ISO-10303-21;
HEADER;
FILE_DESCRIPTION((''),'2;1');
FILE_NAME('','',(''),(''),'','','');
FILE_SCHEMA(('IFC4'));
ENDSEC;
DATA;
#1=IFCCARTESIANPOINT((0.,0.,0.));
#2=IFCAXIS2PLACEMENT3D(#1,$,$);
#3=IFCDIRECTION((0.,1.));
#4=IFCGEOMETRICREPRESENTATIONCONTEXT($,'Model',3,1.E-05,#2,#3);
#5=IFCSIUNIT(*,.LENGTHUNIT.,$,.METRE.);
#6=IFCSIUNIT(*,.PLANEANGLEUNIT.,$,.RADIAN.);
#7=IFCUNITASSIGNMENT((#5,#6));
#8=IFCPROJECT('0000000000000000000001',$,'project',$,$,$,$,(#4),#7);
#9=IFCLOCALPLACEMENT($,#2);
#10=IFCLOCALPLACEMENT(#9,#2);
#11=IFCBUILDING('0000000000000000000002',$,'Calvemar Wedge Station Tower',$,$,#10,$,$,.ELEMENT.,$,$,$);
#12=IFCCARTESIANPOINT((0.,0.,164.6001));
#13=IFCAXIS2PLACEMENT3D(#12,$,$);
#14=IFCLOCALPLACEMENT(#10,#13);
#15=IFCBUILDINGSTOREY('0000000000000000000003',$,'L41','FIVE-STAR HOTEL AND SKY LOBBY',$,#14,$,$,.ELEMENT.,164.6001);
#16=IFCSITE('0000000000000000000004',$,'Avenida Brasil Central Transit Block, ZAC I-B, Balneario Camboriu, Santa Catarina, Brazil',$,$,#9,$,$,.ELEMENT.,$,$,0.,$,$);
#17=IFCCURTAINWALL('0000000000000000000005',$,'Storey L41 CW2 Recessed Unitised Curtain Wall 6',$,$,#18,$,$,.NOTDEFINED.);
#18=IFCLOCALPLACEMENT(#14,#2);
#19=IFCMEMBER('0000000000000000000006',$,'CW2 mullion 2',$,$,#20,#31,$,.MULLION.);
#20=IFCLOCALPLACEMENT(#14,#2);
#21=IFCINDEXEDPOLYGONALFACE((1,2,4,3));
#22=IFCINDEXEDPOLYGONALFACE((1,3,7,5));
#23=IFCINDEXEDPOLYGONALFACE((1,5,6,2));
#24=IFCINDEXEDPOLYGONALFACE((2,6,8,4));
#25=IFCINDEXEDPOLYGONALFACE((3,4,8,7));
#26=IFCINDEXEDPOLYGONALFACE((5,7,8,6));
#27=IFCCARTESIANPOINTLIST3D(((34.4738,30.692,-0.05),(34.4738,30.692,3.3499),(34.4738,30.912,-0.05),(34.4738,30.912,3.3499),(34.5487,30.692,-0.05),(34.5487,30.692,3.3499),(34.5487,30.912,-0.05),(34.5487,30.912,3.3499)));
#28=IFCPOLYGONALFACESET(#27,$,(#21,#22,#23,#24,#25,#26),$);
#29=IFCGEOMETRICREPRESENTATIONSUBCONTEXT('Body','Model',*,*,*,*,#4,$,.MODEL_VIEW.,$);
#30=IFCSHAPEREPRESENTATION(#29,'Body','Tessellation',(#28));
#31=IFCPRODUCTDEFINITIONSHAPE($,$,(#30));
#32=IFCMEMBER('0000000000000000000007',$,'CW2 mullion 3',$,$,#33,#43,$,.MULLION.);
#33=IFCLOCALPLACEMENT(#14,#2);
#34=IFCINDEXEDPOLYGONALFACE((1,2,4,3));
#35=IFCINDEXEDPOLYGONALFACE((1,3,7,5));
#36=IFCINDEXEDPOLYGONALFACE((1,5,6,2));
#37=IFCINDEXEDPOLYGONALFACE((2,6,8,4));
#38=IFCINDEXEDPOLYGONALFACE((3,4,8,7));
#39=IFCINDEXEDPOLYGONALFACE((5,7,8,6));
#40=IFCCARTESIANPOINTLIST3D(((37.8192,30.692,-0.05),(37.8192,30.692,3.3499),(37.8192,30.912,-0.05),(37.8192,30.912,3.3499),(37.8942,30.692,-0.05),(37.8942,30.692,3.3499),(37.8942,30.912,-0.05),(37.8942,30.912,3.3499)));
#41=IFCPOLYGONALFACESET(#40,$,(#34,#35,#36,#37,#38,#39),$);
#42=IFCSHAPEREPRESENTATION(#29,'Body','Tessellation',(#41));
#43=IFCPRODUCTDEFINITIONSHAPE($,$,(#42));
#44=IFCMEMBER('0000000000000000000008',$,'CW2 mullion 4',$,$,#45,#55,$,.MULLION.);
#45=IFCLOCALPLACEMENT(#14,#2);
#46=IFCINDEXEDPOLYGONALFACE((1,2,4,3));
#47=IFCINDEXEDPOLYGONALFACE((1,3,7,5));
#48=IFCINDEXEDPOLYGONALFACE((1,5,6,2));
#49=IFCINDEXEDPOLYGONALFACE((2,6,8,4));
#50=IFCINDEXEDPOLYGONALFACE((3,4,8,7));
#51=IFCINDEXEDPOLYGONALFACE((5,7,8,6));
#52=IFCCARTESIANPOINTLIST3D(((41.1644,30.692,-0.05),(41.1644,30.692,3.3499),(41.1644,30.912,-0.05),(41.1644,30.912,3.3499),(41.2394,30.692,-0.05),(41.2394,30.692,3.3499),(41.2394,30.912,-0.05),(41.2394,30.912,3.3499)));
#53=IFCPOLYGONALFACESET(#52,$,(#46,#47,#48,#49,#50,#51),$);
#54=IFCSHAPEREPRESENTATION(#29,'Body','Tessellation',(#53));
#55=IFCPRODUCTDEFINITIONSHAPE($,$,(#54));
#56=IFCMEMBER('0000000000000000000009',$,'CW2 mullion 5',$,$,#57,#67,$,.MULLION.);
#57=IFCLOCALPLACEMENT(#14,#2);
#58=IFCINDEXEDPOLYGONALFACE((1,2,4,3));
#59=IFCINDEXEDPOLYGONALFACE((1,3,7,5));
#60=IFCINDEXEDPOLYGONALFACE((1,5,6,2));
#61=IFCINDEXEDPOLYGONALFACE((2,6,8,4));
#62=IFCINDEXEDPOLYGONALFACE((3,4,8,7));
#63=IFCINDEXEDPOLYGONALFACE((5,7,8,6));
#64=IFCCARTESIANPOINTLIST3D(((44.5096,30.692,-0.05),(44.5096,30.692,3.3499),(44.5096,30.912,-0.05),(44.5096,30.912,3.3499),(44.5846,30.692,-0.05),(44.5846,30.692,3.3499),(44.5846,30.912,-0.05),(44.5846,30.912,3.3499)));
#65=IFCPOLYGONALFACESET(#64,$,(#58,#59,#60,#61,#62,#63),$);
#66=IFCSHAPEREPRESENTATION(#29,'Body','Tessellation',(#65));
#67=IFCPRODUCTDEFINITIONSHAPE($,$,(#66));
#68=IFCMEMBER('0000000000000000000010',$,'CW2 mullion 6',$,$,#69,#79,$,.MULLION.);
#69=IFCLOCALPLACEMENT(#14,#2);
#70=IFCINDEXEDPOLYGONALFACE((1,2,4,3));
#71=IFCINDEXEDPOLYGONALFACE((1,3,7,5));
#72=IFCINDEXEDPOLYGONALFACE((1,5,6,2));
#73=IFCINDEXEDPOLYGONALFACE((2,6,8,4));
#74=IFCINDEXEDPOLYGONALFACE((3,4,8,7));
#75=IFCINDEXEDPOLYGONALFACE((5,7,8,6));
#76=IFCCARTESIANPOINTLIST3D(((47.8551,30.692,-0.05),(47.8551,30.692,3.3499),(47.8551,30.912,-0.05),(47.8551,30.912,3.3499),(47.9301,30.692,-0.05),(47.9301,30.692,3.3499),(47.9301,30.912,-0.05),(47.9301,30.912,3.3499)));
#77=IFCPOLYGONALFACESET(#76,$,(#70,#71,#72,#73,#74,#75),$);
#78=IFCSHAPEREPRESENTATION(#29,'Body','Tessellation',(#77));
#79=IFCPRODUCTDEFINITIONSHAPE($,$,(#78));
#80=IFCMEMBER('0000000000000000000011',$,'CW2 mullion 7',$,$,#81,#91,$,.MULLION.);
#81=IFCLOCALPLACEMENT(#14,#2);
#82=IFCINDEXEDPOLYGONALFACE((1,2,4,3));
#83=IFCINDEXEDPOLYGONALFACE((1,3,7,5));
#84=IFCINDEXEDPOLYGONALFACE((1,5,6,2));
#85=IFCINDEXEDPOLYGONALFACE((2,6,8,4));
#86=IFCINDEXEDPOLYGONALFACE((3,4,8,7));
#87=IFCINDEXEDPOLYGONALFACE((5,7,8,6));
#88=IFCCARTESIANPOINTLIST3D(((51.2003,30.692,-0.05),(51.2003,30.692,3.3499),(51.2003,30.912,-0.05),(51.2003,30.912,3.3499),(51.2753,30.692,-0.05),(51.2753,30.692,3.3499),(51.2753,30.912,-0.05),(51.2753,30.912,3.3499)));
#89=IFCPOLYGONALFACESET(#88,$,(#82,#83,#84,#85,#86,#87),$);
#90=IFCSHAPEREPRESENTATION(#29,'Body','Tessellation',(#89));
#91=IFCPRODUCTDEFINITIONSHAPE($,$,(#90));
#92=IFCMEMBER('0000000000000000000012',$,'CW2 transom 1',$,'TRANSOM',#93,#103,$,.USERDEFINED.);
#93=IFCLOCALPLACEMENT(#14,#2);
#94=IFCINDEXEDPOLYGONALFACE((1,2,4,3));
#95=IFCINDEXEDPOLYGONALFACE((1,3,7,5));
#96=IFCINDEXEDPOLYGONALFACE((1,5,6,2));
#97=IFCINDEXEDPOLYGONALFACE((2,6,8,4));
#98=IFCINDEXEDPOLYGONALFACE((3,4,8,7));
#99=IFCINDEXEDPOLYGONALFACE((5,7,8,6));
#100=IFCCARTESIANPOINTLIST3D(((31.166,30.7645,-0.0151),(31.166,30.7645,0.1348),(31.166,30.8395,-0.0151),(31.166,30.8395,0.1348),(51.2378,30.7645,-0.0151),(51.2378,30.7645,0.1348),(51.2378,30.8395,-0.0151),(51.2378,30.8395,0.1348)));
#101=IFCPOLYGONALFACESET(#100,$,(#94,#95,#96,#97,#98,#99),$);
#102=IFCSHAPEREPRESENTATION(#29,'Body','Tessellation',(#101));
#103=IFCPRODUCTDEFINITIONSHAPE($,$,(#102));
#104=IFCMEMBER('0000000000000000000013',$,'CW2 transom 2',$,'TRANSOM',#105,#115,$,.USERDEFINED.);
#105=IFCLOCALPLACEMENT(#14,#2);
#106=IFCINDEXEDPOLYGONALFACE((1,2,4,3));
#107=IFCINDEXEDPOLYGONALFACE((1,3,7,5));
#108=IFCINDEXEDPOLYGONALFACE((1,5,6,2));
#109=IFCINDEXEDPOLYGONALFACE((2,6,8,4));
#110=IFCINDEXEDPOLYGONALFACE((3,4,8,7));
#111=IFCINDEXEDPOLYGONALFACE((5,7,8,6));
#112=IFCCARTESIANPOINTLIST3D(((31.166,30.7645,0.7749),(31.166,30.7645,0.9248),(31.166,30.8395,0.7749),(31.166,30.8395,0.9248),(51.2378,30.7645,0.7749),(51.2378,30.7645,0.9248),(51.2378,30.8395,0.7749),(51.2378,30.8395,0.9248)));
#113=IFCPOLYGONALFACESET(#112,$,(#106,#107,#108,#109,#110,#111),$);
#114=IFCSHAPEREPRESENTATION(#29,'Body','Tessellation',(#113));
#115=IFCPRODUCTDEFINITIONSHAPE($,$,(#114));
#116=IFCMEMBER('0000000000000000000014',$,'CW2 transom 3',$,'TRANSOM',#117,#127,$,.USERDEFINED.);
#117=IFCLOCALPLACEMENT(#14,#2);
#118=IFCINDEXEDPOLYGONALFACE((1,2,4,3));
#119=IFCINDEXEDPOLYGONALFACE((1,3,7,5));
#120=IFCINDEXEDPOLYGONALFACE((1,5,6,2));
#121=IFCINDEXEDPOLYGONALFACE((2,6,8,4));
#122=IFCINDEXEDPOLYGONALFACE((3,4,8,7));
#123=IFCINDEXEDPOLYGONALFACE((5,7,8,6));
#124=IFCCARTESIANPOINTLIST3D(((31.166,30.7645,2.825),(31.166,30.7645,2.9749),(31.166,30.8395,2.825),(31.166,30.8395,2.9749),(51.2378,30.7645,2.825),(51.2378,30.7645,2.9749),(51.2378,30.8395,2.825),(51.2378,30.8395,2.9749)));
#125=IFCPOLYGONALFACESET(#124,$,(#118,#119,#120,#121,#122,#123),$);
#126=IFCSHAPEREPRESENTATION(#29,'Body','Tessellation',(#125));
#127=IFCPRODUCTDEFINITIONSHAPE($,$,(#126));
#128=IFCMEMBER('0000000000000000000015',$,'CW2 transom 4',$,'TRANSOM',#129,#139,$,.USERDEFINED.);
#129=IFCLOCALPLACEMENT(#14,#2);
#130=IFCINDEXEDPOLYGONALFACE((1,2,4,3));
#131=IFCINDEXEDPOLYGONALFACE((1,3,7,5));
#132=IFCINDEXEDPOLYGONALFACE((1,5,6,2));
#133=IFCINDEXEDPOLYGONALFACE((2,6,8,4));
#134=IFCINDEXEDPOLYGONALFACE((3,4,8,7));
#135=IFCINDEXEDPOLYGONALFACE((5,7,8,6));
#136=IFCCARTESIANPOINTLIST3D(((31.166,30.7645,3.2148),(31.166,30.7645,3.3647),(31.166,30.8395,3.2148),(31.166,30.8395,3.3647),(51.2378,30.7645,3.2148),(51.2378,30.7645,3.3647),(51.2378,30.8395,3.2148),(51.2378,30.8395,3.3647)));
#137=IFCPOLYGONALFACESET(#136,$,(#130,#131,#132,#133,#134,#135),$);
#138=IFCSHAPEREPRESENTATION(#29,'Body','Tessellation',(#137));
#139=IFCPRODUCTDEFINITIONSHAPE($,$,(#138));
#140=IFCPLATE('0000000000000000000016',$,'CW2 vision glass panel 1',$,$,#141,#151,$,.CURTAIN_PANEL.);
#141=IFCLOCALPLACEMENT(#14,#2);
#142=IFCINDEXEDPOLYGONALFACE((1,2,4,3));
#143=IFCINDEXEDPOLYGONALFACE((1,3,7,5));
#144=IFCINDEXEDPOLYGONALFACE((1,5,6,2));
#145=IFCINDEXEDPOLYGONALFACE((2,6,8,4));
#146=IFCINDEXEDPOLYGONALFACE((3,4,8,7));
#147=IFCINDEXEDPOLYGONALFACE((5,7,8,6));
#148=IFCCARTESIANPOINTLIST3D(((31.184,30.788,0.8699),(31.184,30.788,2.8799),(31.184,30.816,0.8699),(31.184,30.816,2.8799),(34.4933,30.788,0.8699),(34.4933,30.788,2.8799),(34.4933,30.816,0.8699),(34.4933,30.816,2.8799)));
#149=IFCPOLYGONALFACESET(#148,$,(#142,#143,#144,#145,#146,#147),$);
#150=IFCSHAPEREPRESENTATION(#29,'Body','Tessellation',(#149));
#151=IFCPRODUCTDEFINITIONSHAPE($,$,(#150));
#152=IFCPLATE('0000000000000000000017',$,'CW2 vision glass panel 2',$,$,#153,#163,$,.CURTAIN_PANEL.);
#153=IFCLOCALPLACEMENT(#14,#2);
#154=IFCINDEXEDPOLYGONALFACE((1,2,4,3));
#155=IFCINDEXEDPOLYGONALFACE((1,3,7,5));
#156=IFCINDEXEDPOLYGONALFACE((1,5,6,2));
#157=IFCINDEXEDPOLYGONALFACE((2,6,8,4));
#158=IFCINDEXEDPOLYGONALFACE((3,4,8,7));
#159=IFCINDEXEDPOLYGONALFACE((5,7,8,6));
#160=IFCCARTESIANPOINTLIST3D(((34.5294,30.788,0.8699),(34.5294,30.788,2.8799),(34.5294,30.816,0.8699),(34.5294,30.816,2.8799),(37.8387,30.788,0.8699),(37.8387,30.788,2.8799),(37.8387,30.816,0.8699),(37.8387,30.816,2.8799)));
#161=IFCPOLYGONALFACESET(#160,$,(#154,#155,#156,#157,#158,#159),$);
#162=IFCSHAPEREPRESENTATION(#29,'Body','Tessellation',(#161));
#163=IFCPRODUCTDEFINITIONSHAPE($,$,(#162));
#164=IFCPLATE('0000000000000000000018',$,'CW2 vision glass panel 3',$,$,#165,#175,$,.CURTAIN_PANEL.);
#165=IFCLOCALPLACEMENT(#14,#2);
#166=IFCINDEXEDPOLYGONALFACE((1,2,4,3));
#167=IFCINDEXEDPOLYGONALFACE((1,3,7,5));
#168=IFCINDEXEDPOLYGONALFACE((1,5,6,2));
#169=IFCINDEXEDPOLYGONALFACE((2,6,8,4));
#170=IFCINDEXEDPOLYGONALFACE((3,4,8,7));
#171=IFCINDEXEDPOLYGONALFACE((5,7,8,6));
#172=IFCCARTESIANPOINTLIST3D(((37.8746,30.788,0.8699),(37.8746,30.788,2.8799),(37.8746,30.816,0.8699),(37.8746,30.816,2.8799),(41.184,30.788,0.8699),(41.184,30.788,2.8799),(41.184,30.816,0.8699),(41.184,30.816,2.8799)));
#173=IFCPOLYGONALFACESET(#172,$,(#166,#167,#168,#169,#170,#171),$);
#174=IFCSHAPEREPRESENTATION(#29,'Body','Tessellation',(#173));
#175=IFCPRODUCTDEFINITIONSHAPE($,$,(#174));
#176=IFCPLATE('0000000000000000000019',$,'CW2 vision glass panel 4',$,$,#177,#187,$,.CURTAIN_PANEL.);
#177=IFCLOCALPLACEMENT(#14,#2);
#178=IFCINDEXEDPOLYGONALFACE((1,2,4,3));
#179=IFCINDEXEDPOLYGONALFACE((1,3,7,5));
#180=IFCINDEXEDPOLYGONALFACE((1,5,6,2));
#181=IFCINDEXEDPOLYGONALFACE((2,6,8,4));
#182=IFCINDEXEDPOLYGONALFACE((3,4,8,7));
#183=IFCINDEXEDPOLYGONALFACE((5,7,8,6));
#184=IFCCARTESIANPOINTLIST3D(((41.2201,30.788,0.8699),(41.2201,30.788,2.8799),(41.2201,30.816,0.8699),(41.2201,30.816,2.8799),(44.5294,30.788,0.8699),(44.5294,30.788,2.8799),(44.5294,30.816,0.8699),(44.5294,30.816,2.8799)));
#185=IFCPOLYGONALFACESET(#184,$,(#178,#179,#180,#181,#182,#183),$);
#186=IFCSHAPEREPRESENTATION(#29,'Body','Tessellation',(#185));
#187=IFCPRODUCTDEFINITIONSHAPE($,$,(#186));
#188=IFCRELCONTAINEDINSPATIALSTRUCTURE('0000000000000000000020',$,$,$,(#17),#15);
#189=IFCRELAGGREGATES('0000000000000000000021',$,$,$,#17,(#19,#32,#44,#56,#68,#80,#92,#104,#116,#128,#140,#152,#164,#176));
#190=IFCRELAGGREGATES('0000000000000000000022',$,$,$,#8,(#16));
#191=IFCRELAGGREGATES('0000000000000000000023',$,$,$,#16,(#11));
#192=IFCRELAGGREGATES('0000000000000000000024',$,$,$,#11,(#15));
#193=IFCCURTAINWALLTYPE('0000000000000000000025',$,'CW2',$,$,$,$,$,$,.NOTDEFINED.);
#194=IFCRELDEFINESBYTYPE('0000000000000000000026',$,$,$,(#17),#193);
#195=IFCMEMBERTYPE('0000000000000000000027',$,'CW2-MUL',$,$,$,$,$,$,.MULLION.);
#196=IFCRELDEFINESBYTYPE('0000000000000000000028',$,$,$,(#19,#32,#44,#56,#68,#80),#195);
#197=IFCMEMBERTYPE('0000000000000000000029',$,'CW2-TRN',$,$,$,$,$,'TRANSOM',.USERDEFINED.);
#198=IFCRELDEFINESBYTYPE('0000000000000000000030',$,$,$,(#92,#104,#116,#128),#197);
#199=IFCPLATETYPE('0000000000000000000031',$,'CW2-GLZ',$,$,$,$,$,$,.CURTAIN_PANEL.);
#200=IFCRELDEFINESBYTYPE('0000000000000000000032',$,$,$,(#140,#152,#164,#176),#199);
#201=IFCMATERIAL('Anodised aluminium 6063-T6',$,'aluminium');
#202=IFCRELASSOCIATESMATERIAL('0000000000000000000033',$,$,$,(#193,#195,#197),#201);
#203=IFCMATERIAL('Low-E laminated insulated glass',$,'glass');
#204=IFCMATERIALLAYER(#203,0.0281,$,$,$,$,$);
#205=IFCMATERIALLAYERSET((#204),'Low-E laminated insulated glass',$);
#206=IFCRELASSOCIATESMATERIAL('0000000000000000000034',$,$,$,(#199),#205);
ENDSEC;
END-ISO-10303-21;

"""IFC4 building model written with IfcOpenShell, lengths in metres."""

from ifc_helpers import new_model, si_unit, direction, frame, frame_2d, origin, origin_2d, place, context, subcontext, project, spatial, rectangle, extrude, source, transform, mapped, material, layer, layer_set, material_profile, profile_set, type_object, element, aggregate, save


model = new_model("IFC4")

# Units and contexts
model_context = context("Model", 3, precision=1e-05, world=origin(), true_north=direction((0.0, 1.0)))
body_context = subcontext(model_context, "Body", "Model", "MODEL_VIEW")
ifc_project = project(units=[si_unit("LENGTHUNIT", "METRE"), si_unit("PLANEANGLEUNIT", "RADIAN")], contexts=[model_context])

# Site, building, storey
site_placement = place(None, origin())
site = spatial("IfcSite", under=ifc_project, at=site_placement, Name="Avenida Brasil Central Transit Block, ZAC I-B, Balneario Camboriu, Santa Catarina, Brazil", CompositionType="ELEMENT", RefElevation=0.0)
building_placement = place(site_placement, origin())
building = spatial("IfcBuilding", under=site, at=building_placement, Name="Calvemar Wedge Station Tower", CompositionType="ELEMENT")
storey_placement = place(building_placement, frame((0.0, 0.0, 164.6001)))
storey = spatial("IfcBuildingStorey", under=building, at=storey_placement, Name="L41", Description="FIVE-STAR HOTEL AND SKY LOBBY", CompositionType="ELEMENT", Elevation=164.6001)

# Curtain wall, members, plates
ifc_material_1 = material(Name="Anodised aluminium 6063-T6", Category="aluminium")
curtain_wall_type = type_object("IfcCurtainWallType", Name="CW2", PredefinedType="NOTDEFINED", material=ifc_material_1)
curtain_wall_placement = place(storey_placement, origin())
curtain_wall = element("IfcCurtainWall", 1, at=curtain_wall_placement, inside=storey, type_object=curtain_wall_type, Name="Storey L41 CW2 Recessed Unitised Curtain Wall 6", PredefinedType="NOTDEFINED")
ifc_material_profile_1 = material_profile(ifc_material_1, rectangle(XDim=0.075, YDim=0.22, at=origin_2d()), Name="AL-MUL-75x220")
ifc_profile_set_1 = profile_set([ifc_material_profile_1], Name="Anodised aluminium 6063-T6")
member_type_1 = type_object("IfcMemberType", Name="CW2-MUL", PredefinedType="MULLION", material=ifc_profile_set_1)
shared_shape_1 = source(origin(), body_context, "Body", "SweptSolid", [
    extrude(rectangle(XDim=0.075, YDim=0.22, at=origin_2d()), origin(), (0.0, 0.0, 1.0), 3.3999),
])
member_1_placement = place(storey_placement, frame((34.5112, 30.802, -0.05), z_axis=(0.0, 0.0, 1.0), x_axis=(1.0, 0.0, 0.0)))
member_1 = element("IfcMember", 2, at=member_1_placement, type_object=member_type_1, Name="CW2 mullion 2", PredefinedType="MULLION", context=body_context, shape_type="MappedRepresentation", body=[
    mapped(shared_shape_1, transform((0.0, 0.0, 0.0), scale=1.0)),
])
member_2_placement = place(storey_placement, frame((37.8567, 30.802, -0.05), z_axis=(0.0, 0.0, 1.0), x_axis=(1.0, 0.0, 0.0)))
member_2 = element("IfcMember", 3, at=member_2_placement, type_object=member_type_1, Name="CW2 mullion 3", PredefinedType="MULLION", context=body_context, shape_type="MappedRepresentation", body=[
    mapped(shared_shape_1, transform((0.0, 0.0, 0.0), scale=1.0)),
])
member_3_placement = place(storey_placement, frame((41.2019, 30.802, -0.05), z_axis=(0.0, 0.0, 1.0), x_axis=(1.0, 0.0, 0.0)))
member_3 = element("IfcMember", 4, at=member_3_placement, type_object=member_type_1, Name="CW2 mullion 4", PredefinedType="MULLION", context=body_context, shape_type="MappedRepresentation", body=[
    mapped(shared_shape_1, transform((0.0, 0.0, 0.0), scale=1.0)),
])
member_4_placement = place(storey_placement, frame((44.5471, 30.802, -0.05), z_axis=(0.0, 0.0, 1.0), x_axis=(1.0, 0.0, 0.0)))
member_4 = element("IfcMember", 5, at=member_4_placement, type_object=member_type_1, Name="CW2 mullion 5", PredefinedType="MULLION", context=body_context, shape_type="MappedRepresentation", body=[
    mapped(shared_shape_1, transform((0.0, 0.0, 0.0), scale=1.0)),
])
member_5_placement = place(storey_placement, frame((47.8926, 30.802, -0.05), z_axis=(0.0, 0.0, 1.0), x_axis=(1.0, 0.0, 0.0)))
member_5 = element("IfcMember", 6, at=member_5_placement, type_object=member_type_1, Name="CW2 mullion 6", PredefinedType="MULLION", context=body_context, shape_type="MappedRepresentation", body=[
    mapped(shared_shape_1, transform((0.0, 0.0, 0.0), scale=1.0)),
])
member_6_placement = place(storey_placement, frame((51.2378, 30.802, -0.05), z_axis=(0.0, 0.0, 1.0), x_axis=(1.0, 0.0, 0.0)))
member_6 = element("IfcMember", 7, at=member_6_placement, type_object=member_type_1, Name="CW2 mullion 7", PredefinedType="MULLION", context=body_context, shape_type="MappedRepresentation", body=[
    mapped(shared_shape_1, transform((0.0, 0.0, 0.0), scale=1.0)),
])
ifc_material_profile_2 = material_profile(ifc_material_1, rectangle(XDim=0.075, YDim=0.1499, at=origin_2d()), Name="AL-TRN-75x150")
ifc_profile_set_2 = profile_set([ifc_material_profile_2], Name="Anodised aluminium 6063-T6")
member_type_2 = type_object("IfcMemberType", Name="CW2-TRN", ElementType="TRANSOM", PredefinedType="USERDEFINED", material=ifc_profile_set_2)
shared_shape_2 = source(origin(), body_context, "Body", "SweptSolid", [
    extrude(rectangle(XDim=0.075, YDim=0.1499, at=origin_2d()), origin(), (0.0, 0.0, 1.0), 20.0718),
])
member_7_placement = place(storey_placement, frame((31.166, 30.802, 0.0598), z_axis=(1.0, 0.0, 0.0), x_axis=(0.0, 1.0, 0.0)))
member_7 = element("IfcMember", 8, at=member_7_placement, type_object=member_type_2, Name="CW2 transom 1", ObjectType="TRANSOM", PredefinedType="USERDEFINED", context=body_context, shape_type="MappedRepresentation", body=[
    mapped(shared_shape_2, transform((0.0, 0.0, 0.0), scale=1.0)),
])
member_8_placement = place(storey_placement, frame((31.166, 30.802, 0.8499), z_axis=(1.0, 0.0, 0.0), x_axis=(0.0, 1.0, 0.0)))
member_8 = element("IfcMember", 9, at=member_8_placement, type_object=member_type_2, Name="CW2 transom 2", ObjectType="TRANSOM", PredefinedType="USERDEFINED", context=body_context, shape_type="MappedRepresentation", body=[
    mapped(shared_shape_2, transform((0.0, 0.0, 0.0), scale=1.0)),
])
member_9_placement = place(storey_placement, frame((31.166, 30.802, 2.8999), z_axis=(1.0, 0.0, 0.0), x_axis=(0.0, 1.0, 0.0)))
member_9 = element("IfcMember", 10, at=member_9_placement, type_object=member_type_2, Name="CW2 transom 3", ObjectType="TRANSOM", PredefinedType="USERDEFINED", context=body_context, shape_type="MappedRepresentation", body=[
    mapped(shared_shape_2, transform((0.0, 0.0, 0.0), scale=1.0)),
])
member_10_placement = place(storey_placement, frame((31.166, 30.802, 3.2898), z_axis=(1.0, 0.0, 0.0), x_axis=(0.0, 1.0, 0.0)))
member_10 = element("IfcMember", 11, at=member_10_placement, type_object=member_type_2, Name="CW2 transom 4", ObjectType="TRANSOM", PredefinedType="USERDEFINED", context=body_context, shape_type="MappedRepresentation", body=[
    mapped(shared_shape_2, transform((0.0, 0.0, 0.0), scale=1.0)),
])
ifc_material_2 = material(Name="Low-E laminated insulated glass", Category="glass")
ifc_layer_1 = layer(ifc_material_2, 0.0281)
ifc_layer_set_1 = layer_set([ifc_layer_1], Name="Low-E laminated insulated glass")
plate_type_1 = type_object("IfcPlateType", Name="CW2-GLZ", PredefinedType="CURTAIN_PANEL", material=ifc_layer_set_1)
plate_1_placement = place(storey_placement, frame((31.1838, 30.802, 0.8699), z_axis=(0.0, 0.0, 1.0), x_axis=(1.0, 0.0, 0.0)))
plate_1 = element("IfcPlate", 12, at=plate_1_placement, type_object=plate_type_1, Name="CW2 vision glass panel 1", PredefinedType="CURTAIN_PANEL", context=body_context, shape_type="SweptSolid", body=[
    extrude(rectangle(XDim=3.3093, YDim=0.0281, at=frame_2d((1.6548, 0.0))), origin(), (0.0, 0.0, 1.0), 2.01),
])
plate_2_placement = place(storey_placement, frame((34.5293, 30.802, 0.8699), z_axis=(0.0, 0.0, 1.0), x_axis=(1.0, 0.0, 0.0)))
plate_2 = element("IfcPlate", 13, at=plate_2_placement, type_object=plate_type_1, Name="CW2 vision glass panel 2", PredefinedType="CURTAIN_PANEL", context=body_context, shape_type="SweptSolid", body=[
    extrude(rectangle(XDim=3.3093, YDim=0.0281, at=frame_2d((1.6548, 0.0))), origin(), (0.0, 0.0, 1.0), 2.01),
])
plate_3_placement = place(storey_placement, frame((37.8745, 30.802, 0.8699), z_axis=(0.0, 0.0, 1.0), x_axis=(1.0, 0.0, 0.0)))
plate_3 = element("IfcPlate", 14, at=plate_3_placement, type_object=plate_type_1, Name="CW2 vision glass panel 3", PredefinedType="CURTAIN_PANEL", context=body_context, shape_type="SweptSolid", body=[
    extrude(rectangle(XDim=3.3093, YDim=0.0281, at=frame_2d((1.6548, 0.0))), origin(), (0.0, 0.0, 1.0), 2.01),
])
plate_4_placement = place(storey_placement, frame((41.22, 30.802, 0.8699), z_axis=(0.0, 0.0, 1.0), x_axis=(1.0, 0.0, 0.0)))
plate_4 = element("IfcPlate", 15, at=plate_4_placement, type_object=plate_type_1, Name="CW2 vision glass panel 4", PredefinedType="CURTAIN_PANEL", context=body_context, shape_type="SweptSolid", body=[
    extrude(rectangle(XDim=3.3093, YDim=0.0281, at=frame_2d((1.6548, 0.0))), origin(), (0.0, 0.0, 1.0), 2.01),
])
aggregate(curtain_wall, [member_1, member_2, member_3, member_4, member_5, member_6, member_7, member_8, member_9, member_10, plate_1, plate_2, plate_3, plate_4])

save(model, "model.ifc")
